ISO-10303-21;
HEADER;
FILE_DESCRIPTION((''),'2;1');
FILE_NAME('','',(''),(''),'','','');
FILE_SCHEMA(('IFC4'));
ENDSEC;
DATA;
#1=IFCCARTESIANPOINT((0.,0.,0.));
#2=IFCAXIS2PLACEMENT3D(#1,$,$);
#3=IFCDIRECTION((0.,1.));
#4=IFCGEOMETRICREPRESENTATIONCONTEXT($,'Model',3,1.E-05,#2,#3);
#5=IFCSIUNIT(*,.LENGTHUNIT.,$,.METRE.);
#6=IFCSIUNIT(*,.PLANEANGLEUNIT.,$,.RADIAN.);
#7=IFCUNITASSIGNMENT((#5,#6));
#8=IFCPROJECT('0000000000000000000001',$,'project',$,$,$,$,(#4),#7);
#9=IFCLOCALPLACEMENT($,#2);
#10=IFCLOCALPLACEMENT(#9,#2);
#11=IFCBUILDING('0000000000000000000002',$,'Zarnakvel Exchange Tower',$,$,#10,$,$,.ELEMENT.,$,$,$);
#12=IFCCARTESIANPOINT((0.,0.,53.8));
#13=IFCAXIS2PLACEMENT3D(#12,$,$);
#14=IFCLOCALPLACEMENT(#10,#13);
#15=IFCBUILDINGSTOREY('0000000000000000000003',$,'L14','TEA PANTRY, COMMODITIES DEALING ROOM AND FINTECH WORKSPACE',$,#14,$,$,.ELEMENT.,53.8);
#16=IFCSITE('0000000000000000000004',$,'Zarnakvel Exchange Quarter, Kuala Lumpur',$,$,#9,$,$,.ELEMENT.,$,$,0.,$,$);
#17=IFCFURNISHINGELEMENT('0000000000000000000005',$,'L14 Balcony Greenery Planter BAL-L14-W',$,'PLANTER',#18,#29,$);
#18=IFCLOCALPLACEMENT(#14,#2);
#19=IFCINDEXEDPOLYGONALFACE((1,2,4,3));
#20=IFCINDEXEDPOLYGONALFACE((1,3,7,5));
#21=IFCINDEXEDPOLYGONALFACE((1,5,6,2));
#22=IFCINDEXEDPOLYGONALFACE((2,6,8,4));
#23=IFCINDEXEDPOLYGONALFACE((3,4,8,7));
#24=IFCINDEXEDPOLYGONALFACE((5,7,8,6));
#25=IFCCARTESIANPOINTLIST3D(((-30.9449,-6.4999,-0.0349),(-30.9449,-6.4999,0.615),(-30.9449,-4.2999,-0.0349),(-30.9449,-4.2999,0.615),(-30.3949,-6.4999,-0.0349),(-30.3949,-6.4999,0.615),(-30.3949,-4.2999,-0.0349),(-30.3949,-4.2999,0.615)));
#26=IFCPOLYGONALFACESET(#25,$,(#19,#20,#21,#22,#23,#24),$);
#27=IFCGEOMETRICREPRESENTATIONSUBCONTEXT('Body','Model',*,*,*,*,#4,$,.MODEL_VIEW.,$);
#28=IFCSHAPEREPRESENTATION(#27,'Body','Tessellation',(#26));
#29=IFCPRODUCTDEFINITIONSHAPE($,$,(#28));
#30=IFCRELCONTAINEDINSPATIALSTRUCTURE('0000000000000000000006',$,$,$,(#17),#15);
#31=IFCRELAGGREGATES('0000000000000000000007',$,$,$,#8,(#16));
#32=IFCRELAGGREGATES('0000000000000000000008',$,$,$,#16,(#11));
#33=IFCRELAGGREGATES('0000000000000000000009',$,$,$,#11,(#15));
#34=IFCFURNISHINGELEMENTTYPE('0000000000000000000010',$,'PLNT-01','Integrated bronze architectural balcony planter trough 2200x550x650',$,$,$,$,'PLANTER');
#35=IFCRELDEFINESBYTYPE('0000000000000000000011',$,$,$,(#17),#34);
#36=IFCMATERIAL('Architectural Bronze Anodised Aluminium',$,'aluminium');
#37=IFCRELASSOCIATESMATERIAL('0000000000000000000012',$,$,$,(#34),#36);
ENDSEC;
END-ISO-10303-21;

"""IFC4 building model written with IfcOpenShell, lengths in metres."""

from ifc_helpers import new_model, si_unit, direction, frame, origin, origin_2d, place, context, subcontext, project, spatial, rectangle, extrude, source, transform, mapped, material, type_object, element, save


model = new_model("IFC4")

# Units and contexts
model_context = context("Model", 3, precision=1e-05, world=origin(), true_north=direction((0.0, 1.0)))
body_context = subcontext(model_context, "Body", "Model", "MODEL_VIEW")
ifc_project = project(units=[si_unit("LENGTHUNIT", "METRE"), si_unit("PLANEANGLEUNIT", "RADIAN")], contexts=[model_context])

# Site, building, storey
site_placement = place(None, origin())
site = spatial("IfcSite", under=ifc_project, at=site_placement, Name="Zarnakvel Exchange Quarter, Kuala Lumpur", CompositionType="ELEMENT", RefElevation=0.0)
building_placement = place(site_placement, origin())
building = spatial("IfcBuilding", under=site, at=building_placement, Name="Zarnakvel Exchange Tower", CompositionType="ELEMENT")
storey_placement = place(building_placement, frame((0.0, 0.0, 53.8)))
storey = spatial("IfcBuildingStorey", under=building, at=storey_placement, Name="L14", Description="TEA PANTRY, COMMODITIES DEALING ROOM AND FINTECH WORKSPACE", CompositionType="ELEMENT", Elevation=53.8)

# Shared definitions
ifc_material_1 = material(Name="Architectural Bronze Anodised Aluminium", Category="aluminium")

# Furnishing element
furnishing_element_type = type_object("IfcFurnishingElementType", Name="PLNT-01", Description="Integrated bronze architectural balcony planter trough 2200x550x650", ElementType="PLANTER", material=ifc_material_1)
shared_shape_1 = source(origin(), body_context, "Body", "SweptSolid", [
    extrude(rectangle(XDim=2.2, YDim=0.55, at=origin_2d()), origin(), (0.0, 0.0, 1.0), 0.6499),
])
furnishing_placement = place(storey_placement, frame((-30.6699, -5.3999, -0.0349), z_axis=(0.0, 0.0, 1.0), x_axis=(0.0, 1.0, 0.0)))
element("IfcFurnishingElement", 1, at=furnishing_placement, inside=storey, type_object=furnishing_element_type, Name="L14 Balcony Greenery Planter BAL-L14-W", ObjectType="PLANTER", context=body_context, shape_type="MappedRepresentation", body=[
    mapped(shared_shape_1, transform((0.0, 0.0, 0.0), x_axis=(1.0, 0.0, 0.0), y_axis=(0.0, 1.0, 0.0), z_axis=(0.0, 0.0, 1.0), scale=1.0)),
])

save(model, "model.ifc")
